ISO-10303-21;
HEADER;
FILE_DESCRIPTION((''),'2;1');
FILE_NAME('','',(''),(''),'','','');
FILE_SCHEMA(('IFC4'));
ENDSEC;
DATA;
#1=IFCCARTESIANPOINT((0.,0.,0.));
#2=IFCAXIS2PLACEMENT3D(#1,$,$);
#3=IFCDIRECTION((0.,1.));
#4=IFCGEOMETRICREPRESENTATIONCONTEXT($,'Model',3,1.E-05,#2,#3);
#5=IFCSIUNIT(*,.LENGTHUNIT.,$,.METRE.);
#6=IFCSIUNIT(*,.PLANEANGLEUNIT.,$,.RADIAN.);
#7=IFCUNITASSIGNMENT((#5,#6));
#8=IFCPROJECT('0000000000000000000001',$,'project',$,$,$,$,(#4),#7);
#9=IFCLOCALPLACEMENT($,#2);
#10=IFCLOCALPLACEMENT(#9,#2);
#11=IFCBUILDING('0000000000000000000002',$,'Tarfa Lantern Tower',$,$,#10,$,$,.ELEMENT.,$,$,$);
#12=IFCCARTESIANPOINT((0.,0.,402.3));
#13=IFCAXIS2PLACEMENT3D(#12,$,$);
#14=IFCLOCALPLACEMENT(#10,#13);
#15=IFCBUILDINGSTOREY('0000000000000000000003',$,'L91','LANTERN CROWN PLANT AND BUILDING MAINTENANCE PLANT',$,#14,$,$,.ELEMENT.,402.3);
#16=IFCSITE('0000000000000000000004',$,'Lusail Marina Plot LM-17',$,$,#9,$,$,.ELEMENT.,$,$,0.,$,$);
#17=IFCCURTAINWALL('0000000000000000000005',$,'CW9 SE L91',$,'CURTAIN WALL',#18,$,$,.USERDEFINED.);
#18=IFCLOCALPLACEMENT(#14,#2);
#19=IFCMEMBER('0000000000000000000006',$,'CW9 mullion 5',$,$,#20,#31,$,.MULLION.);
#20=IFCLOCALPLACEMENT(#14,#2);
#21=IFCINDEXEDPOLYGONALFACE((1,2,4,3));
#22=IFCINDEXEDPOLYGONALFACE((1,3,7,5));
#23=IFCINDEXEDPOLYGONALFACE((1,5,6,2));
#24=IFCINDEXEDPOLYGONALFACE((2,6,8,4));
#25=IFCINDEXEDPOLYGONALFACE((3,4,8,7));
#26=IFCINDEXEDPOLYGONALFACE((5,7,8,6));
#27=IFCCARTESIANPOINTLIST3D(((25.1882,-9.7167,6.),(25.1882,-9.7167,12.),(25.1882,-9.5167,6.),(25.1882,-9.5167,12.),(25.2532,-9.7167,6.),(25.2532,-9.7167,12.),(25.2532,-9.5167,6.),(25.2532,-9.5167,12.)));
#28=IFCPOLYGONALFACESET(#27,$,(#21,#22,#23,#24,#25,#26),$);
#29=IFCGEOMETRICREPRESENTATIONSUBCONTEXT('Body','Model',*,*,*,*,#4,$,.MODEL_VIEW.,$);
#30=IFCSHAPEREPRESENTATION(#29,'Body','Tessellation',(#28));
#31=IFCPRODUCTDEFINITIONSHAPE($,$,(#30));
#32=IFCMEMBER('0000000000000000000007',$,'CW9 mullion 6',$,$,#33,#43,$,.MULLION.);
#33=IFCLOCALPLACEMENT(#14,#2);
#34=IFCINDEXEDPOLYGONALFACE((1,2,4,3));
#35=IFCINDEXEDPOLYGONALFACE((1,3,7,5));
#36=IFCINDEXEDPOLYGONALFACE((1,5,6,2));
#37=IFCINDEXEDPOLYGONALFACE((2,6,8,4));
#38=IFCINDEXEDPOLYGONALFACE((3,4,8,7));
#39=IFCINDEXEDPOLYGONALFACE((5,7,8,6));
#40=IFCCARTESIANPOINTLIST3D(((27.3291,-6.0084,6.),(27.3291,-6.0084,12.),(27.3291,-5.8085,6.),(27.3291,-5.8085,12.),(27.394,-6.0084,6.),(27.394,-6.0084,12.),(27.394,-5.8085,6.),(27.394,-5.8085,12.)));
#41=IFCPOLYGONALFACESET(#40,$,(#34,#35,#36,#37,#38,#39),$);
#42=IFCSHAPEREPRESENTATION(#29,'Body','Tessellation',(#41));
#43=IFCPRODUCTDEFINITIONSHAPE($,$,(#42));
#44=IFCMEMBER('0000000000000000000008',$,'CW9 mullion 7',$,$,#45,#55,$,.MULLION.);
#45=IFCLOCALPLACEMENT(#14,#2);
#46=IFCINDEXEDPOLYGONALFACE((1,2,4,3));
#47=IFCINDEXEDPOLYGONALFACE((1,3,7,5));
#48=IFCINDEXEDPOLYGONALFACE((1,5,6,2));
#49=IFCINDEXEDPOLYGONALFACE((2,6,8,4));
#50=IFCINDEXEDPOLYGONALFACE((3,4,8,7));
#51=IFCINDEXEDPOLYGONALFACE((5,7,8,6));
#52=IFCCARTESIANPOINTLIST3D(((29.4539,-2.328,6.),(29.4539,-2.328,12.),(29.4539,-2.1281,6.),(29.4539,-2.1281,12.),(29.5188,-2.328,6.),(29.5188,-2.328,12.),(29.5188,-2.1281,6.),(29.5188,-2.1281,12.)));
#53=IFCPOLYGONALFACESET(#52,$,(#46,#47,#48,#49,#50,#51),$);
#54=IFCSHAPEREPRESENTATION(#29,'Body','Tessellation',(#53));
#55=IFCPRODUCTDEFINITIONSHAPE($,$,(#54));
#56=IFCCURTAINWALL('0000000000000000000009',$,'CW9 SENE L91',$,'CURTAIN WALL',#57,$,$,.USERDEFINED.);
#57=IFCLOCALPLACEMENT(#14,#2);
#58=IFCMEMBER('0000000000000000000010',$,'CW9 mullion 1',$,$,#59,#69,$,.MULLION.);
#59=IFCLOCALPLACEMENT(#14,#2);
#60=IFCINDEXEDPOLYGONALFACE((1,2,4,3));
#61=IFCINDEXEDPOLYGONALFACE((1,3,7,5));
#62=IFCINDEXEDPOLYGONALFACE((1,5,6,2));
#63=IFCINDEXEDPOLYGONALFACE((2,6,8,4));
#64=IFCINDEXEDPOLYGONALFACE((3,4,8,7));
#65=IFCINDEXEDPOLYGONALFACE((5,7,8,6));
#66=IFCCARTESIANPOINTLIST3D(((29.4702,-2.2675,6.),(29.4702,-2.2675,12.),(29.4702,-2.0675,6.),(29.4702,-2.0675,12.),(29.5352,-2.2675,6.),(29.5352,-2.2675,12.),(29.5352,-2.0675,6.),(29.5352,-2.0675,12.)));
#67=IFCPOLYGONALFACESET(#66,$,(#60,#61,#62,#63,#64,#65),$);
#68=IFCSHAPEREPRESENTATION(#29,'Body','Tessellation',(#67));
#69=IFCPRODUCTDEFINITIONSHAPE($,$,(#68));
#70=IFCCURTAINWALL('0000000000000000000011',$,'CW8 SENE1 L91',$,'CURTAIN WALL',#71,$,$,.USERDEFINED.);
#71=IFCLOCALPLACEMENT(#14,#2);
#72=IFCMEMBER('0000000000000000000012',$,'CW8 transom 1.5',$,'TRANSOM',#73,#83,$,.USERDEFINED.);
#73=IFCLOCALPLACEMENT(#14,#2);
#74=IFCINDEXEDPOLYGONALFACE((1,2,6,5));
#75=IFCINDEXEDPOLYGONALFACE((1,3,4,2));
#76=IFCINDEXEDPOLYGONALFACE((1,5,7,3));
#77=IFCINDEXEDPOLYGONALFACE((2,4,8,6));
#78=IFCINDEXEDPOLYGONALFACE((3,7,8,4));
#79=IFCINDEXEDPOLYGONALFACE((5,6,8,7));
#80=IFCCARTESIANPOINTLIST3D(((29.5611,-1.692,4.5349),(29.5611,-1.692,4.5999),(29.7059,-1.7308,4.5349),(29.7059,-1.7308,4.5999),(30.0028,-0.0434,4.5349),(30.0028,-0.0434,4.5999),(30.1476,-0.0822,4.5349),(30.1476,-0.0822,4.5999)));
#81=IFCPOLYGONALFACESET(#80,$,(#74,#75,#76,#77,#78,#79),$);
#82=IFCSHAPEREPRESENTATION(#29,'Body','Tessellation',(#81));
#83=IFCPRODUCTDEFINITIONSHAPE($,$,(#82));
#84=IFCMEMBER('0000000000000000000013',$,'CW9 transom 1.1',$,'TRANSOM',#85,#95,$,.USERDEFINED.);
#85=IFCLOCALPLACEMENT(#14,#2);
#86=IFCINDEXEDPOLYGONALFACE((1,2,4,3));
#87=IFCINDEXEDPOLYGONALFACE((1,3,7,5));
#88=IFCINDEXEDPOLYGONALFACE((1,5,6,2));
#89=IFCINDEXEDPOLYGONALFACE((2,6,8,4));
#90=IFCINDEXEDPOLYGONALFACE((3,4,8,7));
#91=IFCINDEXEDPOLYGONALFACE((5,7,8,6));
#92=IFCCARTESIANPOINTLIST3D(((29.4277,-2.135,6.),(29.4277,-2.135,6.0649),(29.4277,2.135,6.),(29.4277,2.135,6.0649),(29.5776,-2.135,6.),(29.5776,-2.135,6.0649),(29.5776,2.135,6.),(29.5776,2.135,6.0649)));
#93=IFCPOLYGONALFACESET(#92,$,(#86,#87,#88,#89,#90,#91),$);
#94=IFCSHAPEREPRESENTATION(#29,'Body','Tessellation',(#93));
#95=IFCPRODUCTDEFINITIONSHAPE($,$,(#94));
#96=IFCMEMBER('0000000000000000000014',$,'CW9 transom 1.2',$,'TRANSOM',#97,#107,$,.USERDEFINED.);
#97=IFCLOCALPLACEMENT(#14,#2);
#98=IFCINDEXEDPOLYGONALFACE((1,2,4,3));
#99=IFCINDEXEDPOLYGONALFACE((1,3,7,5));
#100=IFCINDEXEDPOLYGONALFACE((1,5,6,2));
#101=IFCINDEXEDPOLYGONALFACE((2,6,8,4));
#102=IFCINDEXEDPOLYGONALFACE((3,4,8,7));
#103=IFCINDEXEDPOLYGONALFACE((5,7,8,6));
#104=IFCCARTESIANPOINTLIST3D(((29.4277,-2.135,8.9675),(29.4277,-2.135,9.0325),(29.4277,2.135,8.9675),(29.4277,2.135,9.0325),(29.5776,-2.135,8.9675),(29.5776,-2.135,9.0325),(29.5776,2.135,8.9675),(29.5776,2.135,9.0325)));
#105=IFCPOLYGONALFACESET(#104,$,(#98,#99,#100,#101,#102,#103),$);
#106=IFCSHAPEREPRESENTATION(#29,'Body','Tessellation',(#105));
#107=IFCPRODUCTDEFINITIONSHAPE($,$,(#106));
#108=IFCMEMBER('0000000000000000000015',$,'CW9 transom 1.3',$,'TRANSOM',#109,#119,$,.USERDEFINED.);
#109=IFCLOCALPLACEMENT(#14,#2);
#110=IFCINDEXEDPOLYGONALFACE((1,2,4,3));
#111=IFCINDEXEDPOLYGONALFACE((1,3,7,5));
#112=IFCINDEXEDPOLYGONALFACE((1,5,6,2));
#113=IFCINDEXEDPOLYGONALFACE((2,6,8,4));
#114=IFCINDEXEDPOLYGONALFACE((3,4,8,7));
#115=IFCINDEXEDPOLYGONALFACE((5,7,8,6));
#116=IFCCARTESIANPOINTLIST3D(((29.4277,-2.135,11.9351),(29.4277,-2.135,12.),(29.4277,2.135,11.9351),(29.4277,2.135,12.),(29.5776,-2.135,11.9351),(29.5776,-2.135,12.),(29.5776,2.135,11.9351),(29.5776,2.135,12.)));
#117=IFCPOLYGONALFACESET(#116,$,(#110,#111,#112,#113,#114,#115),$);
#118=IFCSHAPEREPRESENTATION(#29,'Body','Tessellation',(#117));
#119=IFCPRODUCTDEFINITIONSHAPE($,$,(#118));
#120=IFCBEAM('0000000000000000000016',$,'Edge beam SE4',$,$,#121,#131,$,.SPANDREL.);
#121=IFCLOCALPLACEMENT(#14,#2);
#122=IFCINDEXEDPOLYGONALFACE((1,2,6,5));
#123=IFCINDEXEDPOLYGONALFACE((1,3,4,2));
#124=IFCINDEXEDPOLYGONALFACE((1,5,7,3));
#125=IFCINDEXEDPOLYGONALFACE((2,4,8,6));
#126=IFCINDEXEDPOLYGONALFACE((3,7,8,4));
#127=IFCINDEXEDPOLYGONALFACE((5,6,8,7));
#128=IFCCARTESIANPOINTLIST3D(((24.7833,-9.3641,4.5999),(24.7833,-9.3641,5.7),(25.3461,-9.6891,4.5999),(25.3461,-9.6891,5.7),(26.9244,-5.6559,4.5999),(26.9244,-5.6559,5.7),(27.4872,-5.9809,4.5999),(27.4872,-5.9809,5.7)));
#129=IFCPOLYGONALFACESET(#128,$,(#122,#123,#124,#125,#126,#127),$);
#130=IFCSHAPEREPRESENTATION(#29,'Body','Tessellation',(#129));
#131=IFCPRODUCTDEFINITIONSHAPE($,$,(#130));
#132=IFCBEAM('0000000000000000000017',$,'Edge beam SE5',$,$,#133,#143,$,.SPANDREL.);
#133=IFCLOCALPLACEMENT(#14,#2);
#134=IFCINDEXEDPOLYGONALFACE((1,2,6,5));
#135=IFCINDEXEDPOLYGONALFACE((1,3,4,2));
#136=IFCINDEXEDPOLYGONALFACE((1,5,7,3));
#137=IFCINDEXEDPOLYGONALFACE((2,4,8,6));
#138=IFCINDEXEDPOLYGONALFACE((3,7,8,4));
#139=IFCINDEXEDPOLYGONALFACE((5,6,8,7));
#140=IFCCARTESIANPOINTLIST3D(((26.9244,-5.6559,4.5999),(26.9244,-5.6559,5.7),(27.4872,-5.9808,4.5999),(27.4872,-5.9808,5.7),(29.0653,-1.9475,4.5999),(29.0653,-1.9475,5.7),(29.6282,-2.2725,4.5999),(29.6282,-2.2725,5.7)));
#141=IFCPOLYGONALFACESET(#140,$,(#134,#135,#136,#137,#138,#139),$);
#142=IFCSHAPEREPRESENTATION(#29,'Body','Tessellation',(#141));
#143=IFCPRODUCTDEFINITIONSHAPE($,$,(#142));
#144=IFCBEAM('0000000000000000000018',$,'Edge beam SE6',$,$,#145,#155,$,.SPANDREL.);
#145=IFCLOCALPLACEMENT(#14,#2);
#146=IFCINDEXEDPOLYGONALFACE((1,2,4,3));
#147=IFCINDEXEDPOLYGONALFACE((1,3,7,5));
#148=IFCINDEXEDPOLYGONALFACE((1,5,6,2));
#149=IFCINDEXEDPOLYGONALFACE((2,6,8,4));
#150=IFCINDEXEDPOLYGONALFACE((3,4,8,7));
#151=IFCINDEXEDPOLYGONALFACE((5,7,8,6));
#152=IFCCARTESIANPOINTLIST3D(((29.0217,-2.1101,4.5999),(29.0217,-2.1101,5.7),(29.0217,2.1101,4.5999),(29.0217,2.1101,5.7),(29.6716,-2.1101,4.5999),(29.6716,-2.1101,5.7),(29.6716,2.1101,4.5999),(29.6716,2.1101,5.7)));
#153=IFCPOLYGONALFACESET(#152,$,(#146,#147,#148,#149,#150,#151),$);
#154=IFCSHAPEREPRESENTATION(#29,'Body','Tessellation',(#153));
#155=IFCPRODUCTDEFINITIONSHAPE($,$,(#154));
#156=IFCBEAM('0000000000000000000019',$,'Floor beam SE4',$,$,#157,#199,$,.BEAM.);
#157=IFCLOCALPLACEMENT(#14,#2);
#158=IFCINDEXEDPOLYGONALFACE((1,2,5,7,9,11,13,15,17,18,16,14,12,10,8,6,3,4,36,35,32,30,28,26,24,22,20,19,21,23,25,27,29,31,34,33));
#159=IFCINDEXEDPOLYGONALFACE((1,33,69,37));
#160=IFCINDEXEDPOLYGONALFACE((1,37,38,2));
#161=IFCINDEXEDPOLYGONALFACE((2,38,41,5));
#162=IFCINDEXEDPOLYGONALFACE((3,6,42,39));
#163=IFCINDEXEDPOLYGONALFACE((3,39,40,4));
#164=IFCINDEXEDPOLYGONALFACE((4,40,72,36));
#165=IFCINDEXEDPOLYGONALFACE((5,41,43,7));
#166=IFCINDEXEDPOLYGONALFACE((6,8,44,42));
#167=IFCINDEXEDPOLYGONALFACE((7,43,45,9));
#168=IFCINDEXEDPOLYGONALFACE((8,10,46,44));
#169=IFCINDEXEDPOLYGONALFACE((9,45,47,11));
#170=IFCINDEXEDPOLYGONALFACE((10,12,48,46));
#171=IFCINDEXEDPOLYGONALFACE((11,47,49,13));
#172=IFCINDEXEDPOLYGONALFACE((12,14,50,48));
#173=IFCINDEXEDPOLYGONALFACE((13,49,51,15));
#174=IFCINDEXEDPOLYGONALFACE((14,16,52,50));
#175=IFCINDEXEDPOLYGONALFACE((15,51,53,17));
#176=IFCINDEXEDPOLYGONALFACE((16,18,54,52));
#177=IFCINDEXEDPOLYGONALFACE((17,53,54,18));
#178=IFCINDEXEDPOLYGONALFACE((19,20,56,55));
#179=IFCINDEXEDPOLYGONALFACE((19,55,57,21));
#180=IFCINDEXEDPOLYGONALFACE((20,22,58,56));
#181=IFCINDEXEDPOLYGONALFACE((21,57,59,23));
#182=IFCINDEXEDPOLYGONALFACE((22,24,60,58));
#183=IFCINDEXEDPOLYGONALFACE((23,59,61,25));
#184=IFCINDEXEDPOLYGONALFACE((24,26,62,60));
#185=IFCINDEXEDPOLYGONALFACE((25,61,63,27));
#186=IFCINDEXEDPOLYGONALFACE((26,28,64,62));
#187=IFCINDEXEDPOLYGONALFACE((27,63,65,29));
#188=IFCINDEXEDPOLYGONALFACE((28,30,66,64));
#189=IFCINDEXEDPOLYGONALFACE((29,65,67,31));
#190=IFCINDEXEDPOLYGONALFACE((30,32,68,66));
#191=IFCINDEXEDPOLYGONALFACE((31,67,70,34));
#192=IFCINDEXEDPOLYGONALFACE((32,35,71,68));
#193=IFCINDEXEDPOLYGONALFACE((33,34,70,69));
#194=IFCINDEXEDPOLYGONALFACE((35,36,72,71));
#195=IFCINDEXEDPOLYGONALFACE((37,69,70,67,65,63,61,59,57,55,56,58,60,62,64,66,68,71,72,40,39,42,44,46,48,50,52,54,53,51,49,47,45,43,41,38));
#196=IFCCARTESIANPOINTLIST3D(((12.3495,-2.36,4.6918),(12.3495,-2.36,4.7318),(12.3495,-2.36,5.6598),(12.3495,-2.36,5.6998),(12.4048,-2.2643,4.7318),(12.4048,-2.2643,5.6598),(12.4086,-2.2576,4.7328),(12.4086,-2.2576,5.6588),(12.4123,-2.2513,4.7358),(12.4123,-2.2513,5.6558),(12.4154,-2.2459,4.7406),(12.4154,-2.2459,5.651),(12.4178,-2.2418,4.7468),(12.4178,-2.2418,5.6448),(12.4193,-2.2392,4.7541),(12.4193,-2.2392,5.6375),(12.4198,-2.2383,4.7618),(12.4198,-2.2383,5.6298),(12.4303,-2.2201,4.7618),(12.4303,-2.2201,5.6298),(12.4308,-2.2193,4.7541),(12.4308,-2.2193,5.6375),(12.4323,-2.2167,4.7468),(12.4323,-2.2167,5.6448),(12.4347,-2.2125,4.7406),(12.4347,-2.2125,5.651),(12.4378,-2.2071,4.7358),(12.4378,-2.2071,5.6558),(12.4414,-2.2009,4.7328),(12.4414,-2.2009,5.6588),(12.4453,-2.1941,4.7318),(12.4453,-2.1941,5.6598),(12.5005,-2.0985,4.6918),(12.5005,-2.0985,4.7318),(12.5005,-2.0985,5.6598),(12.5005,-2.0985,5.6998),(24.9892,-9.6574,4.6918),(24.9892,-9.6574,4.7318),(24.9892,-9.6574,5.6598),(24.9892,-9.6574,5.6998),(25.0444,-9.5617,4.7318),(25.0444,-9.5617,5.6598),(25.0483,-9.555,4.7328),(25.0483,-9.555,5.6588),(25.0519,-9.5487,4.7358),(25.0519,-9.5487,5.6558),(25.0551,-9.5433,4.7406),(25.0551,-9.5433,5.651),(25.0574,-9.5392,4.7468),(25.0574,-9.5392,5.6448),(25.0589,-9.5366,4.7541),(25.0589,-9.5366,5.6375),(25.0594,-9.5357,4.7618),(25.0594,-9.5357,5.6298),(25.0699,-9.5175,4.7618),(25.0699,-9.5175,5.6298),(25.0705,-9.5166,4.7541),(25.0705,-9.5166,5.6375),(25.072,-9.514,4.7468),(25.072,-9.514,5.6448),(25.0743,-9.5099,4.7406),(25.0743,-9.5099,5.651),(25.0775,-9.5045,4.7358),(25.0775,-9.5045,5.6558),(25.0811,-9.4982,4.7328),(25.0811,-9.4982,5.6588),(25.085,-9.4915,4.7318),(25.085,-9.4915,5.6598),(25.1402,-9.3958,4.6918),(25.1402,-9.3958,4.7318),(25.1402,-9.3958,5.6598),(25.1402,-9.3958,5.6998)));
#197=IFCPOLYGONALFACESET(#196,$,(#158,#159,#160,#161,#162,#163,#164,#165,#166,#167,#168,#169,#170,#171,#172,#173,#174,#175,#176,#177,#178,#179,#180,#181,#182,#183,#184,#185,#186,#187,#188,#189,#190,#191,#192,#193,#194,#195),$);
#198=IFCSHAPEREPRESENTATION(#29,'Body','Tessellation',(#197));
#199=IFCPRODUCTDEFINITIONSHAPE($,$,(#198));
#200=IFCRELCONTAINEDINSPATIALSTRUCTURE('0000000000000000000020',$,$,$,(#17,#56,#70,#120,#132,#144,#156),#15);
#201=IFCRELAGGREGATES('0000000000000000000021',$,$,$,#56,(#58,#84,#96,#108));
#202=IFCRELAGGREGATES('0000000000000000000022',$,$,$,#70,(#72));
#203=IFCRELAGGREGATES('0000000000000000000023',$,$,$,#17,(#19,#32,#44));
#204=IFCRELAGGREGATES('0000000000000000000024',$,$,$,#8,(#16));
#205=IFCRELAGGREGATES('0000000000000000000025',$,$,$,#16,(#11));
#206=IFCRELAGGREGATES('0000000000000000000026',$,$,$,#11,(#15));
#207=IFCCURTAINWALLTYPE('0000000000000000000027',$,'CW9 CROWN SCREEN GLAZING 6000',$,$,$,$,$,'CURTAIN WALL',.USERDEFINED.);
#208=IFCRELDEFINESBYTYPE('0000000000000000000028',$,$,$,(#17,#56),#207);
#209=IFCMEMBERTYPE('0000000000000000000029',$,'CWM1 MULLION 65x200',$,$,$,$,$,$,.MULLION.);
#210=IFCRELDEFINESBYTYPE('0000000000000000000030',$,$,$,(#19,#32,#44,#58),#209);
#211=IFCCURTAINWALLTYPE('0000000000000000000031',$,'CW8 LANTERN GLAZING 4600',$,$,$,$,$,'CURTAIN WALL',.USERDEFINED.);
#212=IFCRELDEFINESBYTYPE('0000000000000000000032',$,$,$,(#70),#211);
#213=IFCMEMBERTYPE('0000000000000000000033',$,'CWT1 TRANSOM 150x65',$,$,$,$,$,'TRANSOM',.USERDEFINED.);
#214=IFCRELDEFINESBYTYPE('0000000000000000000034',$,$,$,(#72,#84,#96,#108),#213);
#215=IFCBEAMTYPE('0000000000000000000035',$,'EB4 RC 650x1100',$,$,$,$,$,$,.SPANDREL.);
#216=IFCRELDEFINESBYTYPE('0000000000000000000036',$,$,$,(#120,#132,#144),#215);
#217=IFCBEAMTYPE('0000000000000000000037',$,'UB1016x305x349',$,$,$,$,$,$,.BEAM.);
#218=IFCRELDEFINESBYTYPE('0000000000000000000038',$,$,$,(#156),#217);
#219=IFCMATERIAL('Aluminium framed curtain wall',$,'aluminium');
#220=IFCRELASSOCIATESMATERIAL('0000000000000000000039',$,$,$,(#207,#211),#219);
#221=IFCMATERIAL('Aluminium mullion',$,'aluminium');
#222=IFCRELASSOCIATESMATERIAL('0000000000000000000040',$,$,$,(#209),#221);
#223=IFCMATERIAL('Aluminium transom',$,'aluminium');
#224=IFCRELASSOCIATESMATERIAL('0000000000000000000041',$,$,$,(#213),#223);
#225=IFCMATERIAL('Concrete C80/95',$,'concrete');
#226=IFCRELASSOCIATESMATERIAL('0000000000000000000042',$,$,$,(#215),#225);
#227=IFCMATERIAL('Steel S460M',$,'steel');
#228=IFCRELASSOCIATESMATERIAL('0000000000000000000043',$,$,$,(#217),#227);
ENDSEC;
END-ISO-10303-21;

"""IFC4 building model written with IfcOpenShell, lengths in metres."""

from ifc_helpers import new_model, si_unit, direction, frame, origin, origin_2d, place, context, subcontext, project, spatial, rectangle, i_section, extrude, material, material_profile, profile_set, type_object, element, aggregate, save


model = new_model("IFC4")

# Units and contexts
model_context = context("Model", 3, precision=1e-05, world=origin(), true_north=direction((0.0, 1.0)))
body_context = subcontext(model_context, "Body", "Model", "MODEL_VIEW")
ifc_project = project(units=[si_unit("LENGTHUNIT", "METRE"), si_unit("PLANEANGLEUNIT", "RADIAN")], contexts=[model_context])

# Site, building, storey
site_placement = place(None, origin())
site = spatial("IfcSite", under=ifc_project, at=site_placement, Name="Lusail Marina Plot LM-17", CompositionType="ELEMENT", RefElevation=0.0)
building_placement = place(site_placement, origin())
building = spatial("IfcBuilding", under=site, at=building_placement, Name="Tarfa Lantern Tower", CompositionType="ELEMENT")
storey_placement = place(building_placement, frame((0.0, 0.0, 402.3)))
storey = spatial("IfcBuildingStorey", under=building, at=storey_placement, Name="L91", Description="LANTERN CROWN PLANT AND BUILDING MAINTENANCE PLANT", CompositionType="ELEMENT", Elevation=402.3)

# Curtain wall, members
ifc_material_1 = material(Name="Aluminium framed curtain wall", Category="aluminium")
curtain_wall_type_1 = type_object("IfcCurtainWallType", Name="CW9 CROWN SCREEN GLAZING 6000", ElementType="CURTAIN WALL", PredefinedType="USERDEFINED", material=ifc_material_1)
curtain_wall_1_placement = place(storey_placement, origin())
curtain_wall_1 = element("IfcCurtainWall", 1, at=curtain_wall_1_placement, inside=storey, type_object=curtain_wall_type_1, Name="CW9 SE L91", ObjectType="CURTAIN WALL", PredefinedType="USERDEFINED")
ifc_material_2 = material(Name="Aluminium mullion", Category="aluminium")
ifc_material_profile_1 = material_profile(ifc_material_2, rectangle(XDim=0.0649, YDim=0.2, at=origin_2d()), Name="AL MULLION 65x200")
ifc_profile_set_1 = profile_set([ifc_material_profile_1], Name="Aluminium mullion")
member_type_1 = type_object("IfcMemberType", Name="CWM1 MULLION 65x200", PredefinedType="MULLION", material=ifc_profile_set_1)
member_1_placement = place(storey_placement, frame((25.2207, -9.6167, 6.0), z_axis=(0.0, 0.0, 1.0), x_axis=(1.0, 0.0, 0.0)))
member_1 = element("IfcMember", 2, at=member_1_placement, type_object=member_type_1, Name="CW9 mullion 5", PredefinedType="MULLION", context=body_context, shape_type="SweptSolid", body=[
    extrude(rectangle(XDim=0.0649, YDim=0.2, at=origin_2d()), origin(), (0.0, 0.0, 1.0), 6.0),
])
member_2_placement = place(storey_placement, frame((27.3616, -5.9084, 6.0), z_axis=(0.0, 0.0, 1.0), x_axis=(1.0, 0.0, 0.0)))
member_2 = element("IfcMember", 3, at=member_2_placement, type_object=member_type_1, Name="CW9 mullion 6", PredefinedType="MULLION", context=body_context, shape_type="SweptSolid", body=[
    extrude(rectangle(XDim=0.0649, YDim=0.2, at=origin_2d()), origin(), (0.0, 0.0, 1.0), 6.0),
])
member_3_placement = place(storey_placement, frame((29.4863, -2.228, 6.0), z_axis=(0.0, 0.0, 1.0), x_axis=(1.0, 0.0, 0.0)))
member_3 = element("IfcMember", 4, at=member_3_placement, type_object=member_type_1, Name="CW9 mullion 7", PredefinedType="MULLION", context=body_context, shape_type="SweptSolid", body=[
    extrude(rectangle(XDim=0.0649, YDim=0.2, at=origin_2d()), origin(), (0.0, 0.0, 1.0), 6.0),
])

# Curtain walls, members
curtain_wall_2_placement = place(storey_placement, origin())
curtain_wall_2 = element("IfcCurtainWall", 5, at=curtain_wall_2_placement, inside=storey, type_object=curtain_wall_type_1, Name="CW9 SENE L91", ObjectType="CURTAIN WALL", PredefinedType="USERDEFINED")
member_4_placement = place(storey_placement, frame((29.5027, -2.1675, 6.0), z_axis=(0.0, 0.0, 1.0), x_axis=(1.0, 0.0, 0.0)))
member_4 = element("IfcMember", 6, at=member_4_placement, type_object=member_type_1, Name="CW9 mullion 1", PredefinedType="MULLION", context=body_context, shape_type="SweptSolid", body=[
    extrude(rectangle(XDim=0.0649, YDim=0.2, at=origin_2d()), origin(), (0.0, 0.0, 1.0), 6.0),
])
curtain_wall_type_2 = type_object("IfcCurtainWallType", Name="CW8 LANTERN GLAZING 4600", ElementType="CURTAIN WALL", PredefinedType="USERDEFINED", material=ifc_material_1)
curtain_wall_3_placement = place(storey_placement, origin())
curtain_wall_3 = element("IfcCurtainWall", 7, at=curtain_wall_3_placement, inside=storey, type_object=curtain_wall_type_2, Name="CW8 SENE1 L91", ObjectType="CURTAIN WALL", PredefinedType="USERDEFINED")
ifc_material_3 = material(Name="Aluminium transom", Category="aluminium")
ifc_material_profile_2 = material_profile(ifc_material_3, rectangle(XDim=0.1499, YDim=0.0649, at=origin_2d()), Name="AL TRANSOM 150x65")
ifc_profile_set_2 = profile_set([ifc_material_profile_2], Name="Aluminium transom")
member_type_2 = type_object("IfcMemberType", Name="CWT1 TRANSOM 150x65", ElementType="TRANSOM", PredefinedType="USERDEFINED", material=ifc_profile_set_2)
member_5_placement = place(storey_placement, frame((29.6335, -1.7114, 4.5674), z_axis=(0.258758, 0.965942, 0.0), x_axis=(-0.965942, 0.258758, 0.0)))
member_5 = element("IfcMember", 8, at=member_5_placement, type_object=member_type_2, Name="CW8 transom 1.5", ObjectType="TRANSOM", PredefinedType="USERDEFINED", context=body_context, shape_type="SweptSolid", body=[
    extrude(rectangle(XDim=0.1499, YDim=0.0649, at=origin_2d()), origin(), (0.0, 0.0, 1.0), 1.7068),
])

# Members
member_6_placement = place(storey_placement, frame((29.5027, -2.135, 6.0325), z_axis=(0.0, 1.0, 0.0), x_axis=(-1.0, 0.0, 0.0)))
member_6 = element("IfcMember", 9, at=member_6_placement, type_object=member_type_2, Name="CW9 transom 1.1", ObjectType="TRANSOM", PredefinedType="USERDEFINED", context=body_context, shape_type="SweptSolid", body=[
    extrude(rectangle(XDim=0.1499, YDim=0.0649, at=origin_2d()), origin(), (0.0, 0.0, 1.0), 4.27),
])
member_7_placement = place(storey_placement, frame((29.5027, -2.135, 9.0), z_axis=(0.0, 1.0, 0.0), x_axis=(-1.0, 0.0, 0.0)))
member_7 = element("IfcMember", 10, at=member_7_placement, type_object=member_type_2, Name="CW9 transom 1.2", ObjectType="TRANSOM", PredefinedType="USERDEFINED", context=body_context, shape_type="SweptSolid", body=[
    extrude(rectangle(XDim=0.1499, YDim=0.0649, at=origin_2d()), origin(), (0.0, 0.0, 1.0), 4.27),
])
member_8_placement = place(storey_placement, frame((29.5027, -2.135, 11.9675), z_axis=(0.0, 1.0, 0.0), x_axis=(-1.0, 0.0, 0.0)))
member_8 = element("IfcMember", 11, at=member_8_placement, type_object=member_type_2, Name="CW9 transom 1.3", ObjectType="TRANSOM", PredefinedType="USERDEFINED", context=body_context, shape_type="SweptSolid", body=[
    extrude(rectangle(XDim=0.1499, YDim=0.0649, at=origin_2d()), origin(), (0.0, 0.0, 1.0), 4.27),
])
aggregate(curtain_wall_2, [member_4, member_6, member_7, member_8])

# Beams
ifc_material_4 = material(Name="Concrete C80/95", Category="concrete")
ifc_material_profile_3 = material_profile(ifc_material_4, rectangle(XDim=0.6499, YDim=1.1001, at=origin_2d()), Name="RC 650x1100")
ifc_profile_set_3 = profile_set([ifc_material_profile_3], Name="Concrete C80/95")
beam_type_1 = type_object("IfcBeamType", Name="EB4 RC 650x1100", PredefinedType="SPANDREL", material=ifc_profile_set_3)
for number, where, z_axis, x_axis, name in (
    (12, (25.0647, -9.5266, 5.1499), (0.500027, 0.86601, 0.0), (-0.86601, 0.500027, 0.0), "Edge beam SE4"),
    (13, (27.2058, -5.8184, 5.1499), (0.499984, 0.866035, 0.0), (-0.866035, 0.499984, 0.0), "Edge beam SE5"),
):
    element("IfcBeam", number, at=place(storey_placement, frame(where, z_axis=z_axis, x_axis=x_axis)), inside=storey, type_object=beam_type_1, Name=name, PredefinedType="SPANDREL", context=body_context, shape_type="SweptSolid", body=[
        extrude(rectangle(XDim=0.6499, YDim=1.1001, at=origin_2d()), origin(), (0.0, 0.0, 1.0), 4.282),
    ])
beam_1_placement = place(storey_placement, frame((29.3467, -2.1101, 5.1499), z_axis=(0.0, 1.0, 0.0), x_axis=(-1.0, 0.0, 0.0)))
element("IfcBeam", 14, at=beam_1_placement, inside=storey, type_object=beam_type_1, Name="Edge beam SE6", PredefinedType="SPANDREL", context=body_context, shape_type="SweptSolid", body=[
    extrude(rectangle(XDim=0.6499, YDim=1.1001, at=origin_2d()), origin(), (0.0, 0.0, 1.0), 4.2202),
])
ifc_material_5 = material(Name="Steel S460M", Category="steel")
ifc_material_profile_4 = material_profile(ifc_material_5, i_section(OverallWidth=0.302, OverallDepth=1.0081, WebThickness=0.021, FlangeThickness=0.04, FilletRadius=0.03, at=origin_2d()), Name="UB1016x305x349")
ifc_profile_set_4 = profile_set([ifc_material_profile_4], Name="Steel S460M")
beam_type_2 = type_object("IfcBeamType", Name="UB1016x305x349", PredefinedType="BEAM", material=ifc_profile_set_4)
beam_2_placement = place(storey_placement, frame((25.0647, -9.5266, 5.1958), z_axis=(-0.86603, 0.499993, 0.0), x_axis=(-0.499993, -0.86603, 0.0)))
element("IfcBeam", 15, at=beam_2_placement, inside=storey, type_object=beam_type_2, Name="Floor beam SE4", PredefinedType="BEAM", context=body_context, shape_type="SweptSolid", body=[
    extrude(i_section(OverallWidth=0.302, OverallDepth=1.0081, WebThickness=0.021, FlangeThickness=0.04, FilletRadius=0.03, at=origin_2d()), origin(), (0.0, 0.0, 1.0), 14.595),
])

aggregate(curtain_wall_3, [member_5])

aggregate(curtain_wall_1, [member_1, member_2, member_3])

save(model, "model.ifc")
